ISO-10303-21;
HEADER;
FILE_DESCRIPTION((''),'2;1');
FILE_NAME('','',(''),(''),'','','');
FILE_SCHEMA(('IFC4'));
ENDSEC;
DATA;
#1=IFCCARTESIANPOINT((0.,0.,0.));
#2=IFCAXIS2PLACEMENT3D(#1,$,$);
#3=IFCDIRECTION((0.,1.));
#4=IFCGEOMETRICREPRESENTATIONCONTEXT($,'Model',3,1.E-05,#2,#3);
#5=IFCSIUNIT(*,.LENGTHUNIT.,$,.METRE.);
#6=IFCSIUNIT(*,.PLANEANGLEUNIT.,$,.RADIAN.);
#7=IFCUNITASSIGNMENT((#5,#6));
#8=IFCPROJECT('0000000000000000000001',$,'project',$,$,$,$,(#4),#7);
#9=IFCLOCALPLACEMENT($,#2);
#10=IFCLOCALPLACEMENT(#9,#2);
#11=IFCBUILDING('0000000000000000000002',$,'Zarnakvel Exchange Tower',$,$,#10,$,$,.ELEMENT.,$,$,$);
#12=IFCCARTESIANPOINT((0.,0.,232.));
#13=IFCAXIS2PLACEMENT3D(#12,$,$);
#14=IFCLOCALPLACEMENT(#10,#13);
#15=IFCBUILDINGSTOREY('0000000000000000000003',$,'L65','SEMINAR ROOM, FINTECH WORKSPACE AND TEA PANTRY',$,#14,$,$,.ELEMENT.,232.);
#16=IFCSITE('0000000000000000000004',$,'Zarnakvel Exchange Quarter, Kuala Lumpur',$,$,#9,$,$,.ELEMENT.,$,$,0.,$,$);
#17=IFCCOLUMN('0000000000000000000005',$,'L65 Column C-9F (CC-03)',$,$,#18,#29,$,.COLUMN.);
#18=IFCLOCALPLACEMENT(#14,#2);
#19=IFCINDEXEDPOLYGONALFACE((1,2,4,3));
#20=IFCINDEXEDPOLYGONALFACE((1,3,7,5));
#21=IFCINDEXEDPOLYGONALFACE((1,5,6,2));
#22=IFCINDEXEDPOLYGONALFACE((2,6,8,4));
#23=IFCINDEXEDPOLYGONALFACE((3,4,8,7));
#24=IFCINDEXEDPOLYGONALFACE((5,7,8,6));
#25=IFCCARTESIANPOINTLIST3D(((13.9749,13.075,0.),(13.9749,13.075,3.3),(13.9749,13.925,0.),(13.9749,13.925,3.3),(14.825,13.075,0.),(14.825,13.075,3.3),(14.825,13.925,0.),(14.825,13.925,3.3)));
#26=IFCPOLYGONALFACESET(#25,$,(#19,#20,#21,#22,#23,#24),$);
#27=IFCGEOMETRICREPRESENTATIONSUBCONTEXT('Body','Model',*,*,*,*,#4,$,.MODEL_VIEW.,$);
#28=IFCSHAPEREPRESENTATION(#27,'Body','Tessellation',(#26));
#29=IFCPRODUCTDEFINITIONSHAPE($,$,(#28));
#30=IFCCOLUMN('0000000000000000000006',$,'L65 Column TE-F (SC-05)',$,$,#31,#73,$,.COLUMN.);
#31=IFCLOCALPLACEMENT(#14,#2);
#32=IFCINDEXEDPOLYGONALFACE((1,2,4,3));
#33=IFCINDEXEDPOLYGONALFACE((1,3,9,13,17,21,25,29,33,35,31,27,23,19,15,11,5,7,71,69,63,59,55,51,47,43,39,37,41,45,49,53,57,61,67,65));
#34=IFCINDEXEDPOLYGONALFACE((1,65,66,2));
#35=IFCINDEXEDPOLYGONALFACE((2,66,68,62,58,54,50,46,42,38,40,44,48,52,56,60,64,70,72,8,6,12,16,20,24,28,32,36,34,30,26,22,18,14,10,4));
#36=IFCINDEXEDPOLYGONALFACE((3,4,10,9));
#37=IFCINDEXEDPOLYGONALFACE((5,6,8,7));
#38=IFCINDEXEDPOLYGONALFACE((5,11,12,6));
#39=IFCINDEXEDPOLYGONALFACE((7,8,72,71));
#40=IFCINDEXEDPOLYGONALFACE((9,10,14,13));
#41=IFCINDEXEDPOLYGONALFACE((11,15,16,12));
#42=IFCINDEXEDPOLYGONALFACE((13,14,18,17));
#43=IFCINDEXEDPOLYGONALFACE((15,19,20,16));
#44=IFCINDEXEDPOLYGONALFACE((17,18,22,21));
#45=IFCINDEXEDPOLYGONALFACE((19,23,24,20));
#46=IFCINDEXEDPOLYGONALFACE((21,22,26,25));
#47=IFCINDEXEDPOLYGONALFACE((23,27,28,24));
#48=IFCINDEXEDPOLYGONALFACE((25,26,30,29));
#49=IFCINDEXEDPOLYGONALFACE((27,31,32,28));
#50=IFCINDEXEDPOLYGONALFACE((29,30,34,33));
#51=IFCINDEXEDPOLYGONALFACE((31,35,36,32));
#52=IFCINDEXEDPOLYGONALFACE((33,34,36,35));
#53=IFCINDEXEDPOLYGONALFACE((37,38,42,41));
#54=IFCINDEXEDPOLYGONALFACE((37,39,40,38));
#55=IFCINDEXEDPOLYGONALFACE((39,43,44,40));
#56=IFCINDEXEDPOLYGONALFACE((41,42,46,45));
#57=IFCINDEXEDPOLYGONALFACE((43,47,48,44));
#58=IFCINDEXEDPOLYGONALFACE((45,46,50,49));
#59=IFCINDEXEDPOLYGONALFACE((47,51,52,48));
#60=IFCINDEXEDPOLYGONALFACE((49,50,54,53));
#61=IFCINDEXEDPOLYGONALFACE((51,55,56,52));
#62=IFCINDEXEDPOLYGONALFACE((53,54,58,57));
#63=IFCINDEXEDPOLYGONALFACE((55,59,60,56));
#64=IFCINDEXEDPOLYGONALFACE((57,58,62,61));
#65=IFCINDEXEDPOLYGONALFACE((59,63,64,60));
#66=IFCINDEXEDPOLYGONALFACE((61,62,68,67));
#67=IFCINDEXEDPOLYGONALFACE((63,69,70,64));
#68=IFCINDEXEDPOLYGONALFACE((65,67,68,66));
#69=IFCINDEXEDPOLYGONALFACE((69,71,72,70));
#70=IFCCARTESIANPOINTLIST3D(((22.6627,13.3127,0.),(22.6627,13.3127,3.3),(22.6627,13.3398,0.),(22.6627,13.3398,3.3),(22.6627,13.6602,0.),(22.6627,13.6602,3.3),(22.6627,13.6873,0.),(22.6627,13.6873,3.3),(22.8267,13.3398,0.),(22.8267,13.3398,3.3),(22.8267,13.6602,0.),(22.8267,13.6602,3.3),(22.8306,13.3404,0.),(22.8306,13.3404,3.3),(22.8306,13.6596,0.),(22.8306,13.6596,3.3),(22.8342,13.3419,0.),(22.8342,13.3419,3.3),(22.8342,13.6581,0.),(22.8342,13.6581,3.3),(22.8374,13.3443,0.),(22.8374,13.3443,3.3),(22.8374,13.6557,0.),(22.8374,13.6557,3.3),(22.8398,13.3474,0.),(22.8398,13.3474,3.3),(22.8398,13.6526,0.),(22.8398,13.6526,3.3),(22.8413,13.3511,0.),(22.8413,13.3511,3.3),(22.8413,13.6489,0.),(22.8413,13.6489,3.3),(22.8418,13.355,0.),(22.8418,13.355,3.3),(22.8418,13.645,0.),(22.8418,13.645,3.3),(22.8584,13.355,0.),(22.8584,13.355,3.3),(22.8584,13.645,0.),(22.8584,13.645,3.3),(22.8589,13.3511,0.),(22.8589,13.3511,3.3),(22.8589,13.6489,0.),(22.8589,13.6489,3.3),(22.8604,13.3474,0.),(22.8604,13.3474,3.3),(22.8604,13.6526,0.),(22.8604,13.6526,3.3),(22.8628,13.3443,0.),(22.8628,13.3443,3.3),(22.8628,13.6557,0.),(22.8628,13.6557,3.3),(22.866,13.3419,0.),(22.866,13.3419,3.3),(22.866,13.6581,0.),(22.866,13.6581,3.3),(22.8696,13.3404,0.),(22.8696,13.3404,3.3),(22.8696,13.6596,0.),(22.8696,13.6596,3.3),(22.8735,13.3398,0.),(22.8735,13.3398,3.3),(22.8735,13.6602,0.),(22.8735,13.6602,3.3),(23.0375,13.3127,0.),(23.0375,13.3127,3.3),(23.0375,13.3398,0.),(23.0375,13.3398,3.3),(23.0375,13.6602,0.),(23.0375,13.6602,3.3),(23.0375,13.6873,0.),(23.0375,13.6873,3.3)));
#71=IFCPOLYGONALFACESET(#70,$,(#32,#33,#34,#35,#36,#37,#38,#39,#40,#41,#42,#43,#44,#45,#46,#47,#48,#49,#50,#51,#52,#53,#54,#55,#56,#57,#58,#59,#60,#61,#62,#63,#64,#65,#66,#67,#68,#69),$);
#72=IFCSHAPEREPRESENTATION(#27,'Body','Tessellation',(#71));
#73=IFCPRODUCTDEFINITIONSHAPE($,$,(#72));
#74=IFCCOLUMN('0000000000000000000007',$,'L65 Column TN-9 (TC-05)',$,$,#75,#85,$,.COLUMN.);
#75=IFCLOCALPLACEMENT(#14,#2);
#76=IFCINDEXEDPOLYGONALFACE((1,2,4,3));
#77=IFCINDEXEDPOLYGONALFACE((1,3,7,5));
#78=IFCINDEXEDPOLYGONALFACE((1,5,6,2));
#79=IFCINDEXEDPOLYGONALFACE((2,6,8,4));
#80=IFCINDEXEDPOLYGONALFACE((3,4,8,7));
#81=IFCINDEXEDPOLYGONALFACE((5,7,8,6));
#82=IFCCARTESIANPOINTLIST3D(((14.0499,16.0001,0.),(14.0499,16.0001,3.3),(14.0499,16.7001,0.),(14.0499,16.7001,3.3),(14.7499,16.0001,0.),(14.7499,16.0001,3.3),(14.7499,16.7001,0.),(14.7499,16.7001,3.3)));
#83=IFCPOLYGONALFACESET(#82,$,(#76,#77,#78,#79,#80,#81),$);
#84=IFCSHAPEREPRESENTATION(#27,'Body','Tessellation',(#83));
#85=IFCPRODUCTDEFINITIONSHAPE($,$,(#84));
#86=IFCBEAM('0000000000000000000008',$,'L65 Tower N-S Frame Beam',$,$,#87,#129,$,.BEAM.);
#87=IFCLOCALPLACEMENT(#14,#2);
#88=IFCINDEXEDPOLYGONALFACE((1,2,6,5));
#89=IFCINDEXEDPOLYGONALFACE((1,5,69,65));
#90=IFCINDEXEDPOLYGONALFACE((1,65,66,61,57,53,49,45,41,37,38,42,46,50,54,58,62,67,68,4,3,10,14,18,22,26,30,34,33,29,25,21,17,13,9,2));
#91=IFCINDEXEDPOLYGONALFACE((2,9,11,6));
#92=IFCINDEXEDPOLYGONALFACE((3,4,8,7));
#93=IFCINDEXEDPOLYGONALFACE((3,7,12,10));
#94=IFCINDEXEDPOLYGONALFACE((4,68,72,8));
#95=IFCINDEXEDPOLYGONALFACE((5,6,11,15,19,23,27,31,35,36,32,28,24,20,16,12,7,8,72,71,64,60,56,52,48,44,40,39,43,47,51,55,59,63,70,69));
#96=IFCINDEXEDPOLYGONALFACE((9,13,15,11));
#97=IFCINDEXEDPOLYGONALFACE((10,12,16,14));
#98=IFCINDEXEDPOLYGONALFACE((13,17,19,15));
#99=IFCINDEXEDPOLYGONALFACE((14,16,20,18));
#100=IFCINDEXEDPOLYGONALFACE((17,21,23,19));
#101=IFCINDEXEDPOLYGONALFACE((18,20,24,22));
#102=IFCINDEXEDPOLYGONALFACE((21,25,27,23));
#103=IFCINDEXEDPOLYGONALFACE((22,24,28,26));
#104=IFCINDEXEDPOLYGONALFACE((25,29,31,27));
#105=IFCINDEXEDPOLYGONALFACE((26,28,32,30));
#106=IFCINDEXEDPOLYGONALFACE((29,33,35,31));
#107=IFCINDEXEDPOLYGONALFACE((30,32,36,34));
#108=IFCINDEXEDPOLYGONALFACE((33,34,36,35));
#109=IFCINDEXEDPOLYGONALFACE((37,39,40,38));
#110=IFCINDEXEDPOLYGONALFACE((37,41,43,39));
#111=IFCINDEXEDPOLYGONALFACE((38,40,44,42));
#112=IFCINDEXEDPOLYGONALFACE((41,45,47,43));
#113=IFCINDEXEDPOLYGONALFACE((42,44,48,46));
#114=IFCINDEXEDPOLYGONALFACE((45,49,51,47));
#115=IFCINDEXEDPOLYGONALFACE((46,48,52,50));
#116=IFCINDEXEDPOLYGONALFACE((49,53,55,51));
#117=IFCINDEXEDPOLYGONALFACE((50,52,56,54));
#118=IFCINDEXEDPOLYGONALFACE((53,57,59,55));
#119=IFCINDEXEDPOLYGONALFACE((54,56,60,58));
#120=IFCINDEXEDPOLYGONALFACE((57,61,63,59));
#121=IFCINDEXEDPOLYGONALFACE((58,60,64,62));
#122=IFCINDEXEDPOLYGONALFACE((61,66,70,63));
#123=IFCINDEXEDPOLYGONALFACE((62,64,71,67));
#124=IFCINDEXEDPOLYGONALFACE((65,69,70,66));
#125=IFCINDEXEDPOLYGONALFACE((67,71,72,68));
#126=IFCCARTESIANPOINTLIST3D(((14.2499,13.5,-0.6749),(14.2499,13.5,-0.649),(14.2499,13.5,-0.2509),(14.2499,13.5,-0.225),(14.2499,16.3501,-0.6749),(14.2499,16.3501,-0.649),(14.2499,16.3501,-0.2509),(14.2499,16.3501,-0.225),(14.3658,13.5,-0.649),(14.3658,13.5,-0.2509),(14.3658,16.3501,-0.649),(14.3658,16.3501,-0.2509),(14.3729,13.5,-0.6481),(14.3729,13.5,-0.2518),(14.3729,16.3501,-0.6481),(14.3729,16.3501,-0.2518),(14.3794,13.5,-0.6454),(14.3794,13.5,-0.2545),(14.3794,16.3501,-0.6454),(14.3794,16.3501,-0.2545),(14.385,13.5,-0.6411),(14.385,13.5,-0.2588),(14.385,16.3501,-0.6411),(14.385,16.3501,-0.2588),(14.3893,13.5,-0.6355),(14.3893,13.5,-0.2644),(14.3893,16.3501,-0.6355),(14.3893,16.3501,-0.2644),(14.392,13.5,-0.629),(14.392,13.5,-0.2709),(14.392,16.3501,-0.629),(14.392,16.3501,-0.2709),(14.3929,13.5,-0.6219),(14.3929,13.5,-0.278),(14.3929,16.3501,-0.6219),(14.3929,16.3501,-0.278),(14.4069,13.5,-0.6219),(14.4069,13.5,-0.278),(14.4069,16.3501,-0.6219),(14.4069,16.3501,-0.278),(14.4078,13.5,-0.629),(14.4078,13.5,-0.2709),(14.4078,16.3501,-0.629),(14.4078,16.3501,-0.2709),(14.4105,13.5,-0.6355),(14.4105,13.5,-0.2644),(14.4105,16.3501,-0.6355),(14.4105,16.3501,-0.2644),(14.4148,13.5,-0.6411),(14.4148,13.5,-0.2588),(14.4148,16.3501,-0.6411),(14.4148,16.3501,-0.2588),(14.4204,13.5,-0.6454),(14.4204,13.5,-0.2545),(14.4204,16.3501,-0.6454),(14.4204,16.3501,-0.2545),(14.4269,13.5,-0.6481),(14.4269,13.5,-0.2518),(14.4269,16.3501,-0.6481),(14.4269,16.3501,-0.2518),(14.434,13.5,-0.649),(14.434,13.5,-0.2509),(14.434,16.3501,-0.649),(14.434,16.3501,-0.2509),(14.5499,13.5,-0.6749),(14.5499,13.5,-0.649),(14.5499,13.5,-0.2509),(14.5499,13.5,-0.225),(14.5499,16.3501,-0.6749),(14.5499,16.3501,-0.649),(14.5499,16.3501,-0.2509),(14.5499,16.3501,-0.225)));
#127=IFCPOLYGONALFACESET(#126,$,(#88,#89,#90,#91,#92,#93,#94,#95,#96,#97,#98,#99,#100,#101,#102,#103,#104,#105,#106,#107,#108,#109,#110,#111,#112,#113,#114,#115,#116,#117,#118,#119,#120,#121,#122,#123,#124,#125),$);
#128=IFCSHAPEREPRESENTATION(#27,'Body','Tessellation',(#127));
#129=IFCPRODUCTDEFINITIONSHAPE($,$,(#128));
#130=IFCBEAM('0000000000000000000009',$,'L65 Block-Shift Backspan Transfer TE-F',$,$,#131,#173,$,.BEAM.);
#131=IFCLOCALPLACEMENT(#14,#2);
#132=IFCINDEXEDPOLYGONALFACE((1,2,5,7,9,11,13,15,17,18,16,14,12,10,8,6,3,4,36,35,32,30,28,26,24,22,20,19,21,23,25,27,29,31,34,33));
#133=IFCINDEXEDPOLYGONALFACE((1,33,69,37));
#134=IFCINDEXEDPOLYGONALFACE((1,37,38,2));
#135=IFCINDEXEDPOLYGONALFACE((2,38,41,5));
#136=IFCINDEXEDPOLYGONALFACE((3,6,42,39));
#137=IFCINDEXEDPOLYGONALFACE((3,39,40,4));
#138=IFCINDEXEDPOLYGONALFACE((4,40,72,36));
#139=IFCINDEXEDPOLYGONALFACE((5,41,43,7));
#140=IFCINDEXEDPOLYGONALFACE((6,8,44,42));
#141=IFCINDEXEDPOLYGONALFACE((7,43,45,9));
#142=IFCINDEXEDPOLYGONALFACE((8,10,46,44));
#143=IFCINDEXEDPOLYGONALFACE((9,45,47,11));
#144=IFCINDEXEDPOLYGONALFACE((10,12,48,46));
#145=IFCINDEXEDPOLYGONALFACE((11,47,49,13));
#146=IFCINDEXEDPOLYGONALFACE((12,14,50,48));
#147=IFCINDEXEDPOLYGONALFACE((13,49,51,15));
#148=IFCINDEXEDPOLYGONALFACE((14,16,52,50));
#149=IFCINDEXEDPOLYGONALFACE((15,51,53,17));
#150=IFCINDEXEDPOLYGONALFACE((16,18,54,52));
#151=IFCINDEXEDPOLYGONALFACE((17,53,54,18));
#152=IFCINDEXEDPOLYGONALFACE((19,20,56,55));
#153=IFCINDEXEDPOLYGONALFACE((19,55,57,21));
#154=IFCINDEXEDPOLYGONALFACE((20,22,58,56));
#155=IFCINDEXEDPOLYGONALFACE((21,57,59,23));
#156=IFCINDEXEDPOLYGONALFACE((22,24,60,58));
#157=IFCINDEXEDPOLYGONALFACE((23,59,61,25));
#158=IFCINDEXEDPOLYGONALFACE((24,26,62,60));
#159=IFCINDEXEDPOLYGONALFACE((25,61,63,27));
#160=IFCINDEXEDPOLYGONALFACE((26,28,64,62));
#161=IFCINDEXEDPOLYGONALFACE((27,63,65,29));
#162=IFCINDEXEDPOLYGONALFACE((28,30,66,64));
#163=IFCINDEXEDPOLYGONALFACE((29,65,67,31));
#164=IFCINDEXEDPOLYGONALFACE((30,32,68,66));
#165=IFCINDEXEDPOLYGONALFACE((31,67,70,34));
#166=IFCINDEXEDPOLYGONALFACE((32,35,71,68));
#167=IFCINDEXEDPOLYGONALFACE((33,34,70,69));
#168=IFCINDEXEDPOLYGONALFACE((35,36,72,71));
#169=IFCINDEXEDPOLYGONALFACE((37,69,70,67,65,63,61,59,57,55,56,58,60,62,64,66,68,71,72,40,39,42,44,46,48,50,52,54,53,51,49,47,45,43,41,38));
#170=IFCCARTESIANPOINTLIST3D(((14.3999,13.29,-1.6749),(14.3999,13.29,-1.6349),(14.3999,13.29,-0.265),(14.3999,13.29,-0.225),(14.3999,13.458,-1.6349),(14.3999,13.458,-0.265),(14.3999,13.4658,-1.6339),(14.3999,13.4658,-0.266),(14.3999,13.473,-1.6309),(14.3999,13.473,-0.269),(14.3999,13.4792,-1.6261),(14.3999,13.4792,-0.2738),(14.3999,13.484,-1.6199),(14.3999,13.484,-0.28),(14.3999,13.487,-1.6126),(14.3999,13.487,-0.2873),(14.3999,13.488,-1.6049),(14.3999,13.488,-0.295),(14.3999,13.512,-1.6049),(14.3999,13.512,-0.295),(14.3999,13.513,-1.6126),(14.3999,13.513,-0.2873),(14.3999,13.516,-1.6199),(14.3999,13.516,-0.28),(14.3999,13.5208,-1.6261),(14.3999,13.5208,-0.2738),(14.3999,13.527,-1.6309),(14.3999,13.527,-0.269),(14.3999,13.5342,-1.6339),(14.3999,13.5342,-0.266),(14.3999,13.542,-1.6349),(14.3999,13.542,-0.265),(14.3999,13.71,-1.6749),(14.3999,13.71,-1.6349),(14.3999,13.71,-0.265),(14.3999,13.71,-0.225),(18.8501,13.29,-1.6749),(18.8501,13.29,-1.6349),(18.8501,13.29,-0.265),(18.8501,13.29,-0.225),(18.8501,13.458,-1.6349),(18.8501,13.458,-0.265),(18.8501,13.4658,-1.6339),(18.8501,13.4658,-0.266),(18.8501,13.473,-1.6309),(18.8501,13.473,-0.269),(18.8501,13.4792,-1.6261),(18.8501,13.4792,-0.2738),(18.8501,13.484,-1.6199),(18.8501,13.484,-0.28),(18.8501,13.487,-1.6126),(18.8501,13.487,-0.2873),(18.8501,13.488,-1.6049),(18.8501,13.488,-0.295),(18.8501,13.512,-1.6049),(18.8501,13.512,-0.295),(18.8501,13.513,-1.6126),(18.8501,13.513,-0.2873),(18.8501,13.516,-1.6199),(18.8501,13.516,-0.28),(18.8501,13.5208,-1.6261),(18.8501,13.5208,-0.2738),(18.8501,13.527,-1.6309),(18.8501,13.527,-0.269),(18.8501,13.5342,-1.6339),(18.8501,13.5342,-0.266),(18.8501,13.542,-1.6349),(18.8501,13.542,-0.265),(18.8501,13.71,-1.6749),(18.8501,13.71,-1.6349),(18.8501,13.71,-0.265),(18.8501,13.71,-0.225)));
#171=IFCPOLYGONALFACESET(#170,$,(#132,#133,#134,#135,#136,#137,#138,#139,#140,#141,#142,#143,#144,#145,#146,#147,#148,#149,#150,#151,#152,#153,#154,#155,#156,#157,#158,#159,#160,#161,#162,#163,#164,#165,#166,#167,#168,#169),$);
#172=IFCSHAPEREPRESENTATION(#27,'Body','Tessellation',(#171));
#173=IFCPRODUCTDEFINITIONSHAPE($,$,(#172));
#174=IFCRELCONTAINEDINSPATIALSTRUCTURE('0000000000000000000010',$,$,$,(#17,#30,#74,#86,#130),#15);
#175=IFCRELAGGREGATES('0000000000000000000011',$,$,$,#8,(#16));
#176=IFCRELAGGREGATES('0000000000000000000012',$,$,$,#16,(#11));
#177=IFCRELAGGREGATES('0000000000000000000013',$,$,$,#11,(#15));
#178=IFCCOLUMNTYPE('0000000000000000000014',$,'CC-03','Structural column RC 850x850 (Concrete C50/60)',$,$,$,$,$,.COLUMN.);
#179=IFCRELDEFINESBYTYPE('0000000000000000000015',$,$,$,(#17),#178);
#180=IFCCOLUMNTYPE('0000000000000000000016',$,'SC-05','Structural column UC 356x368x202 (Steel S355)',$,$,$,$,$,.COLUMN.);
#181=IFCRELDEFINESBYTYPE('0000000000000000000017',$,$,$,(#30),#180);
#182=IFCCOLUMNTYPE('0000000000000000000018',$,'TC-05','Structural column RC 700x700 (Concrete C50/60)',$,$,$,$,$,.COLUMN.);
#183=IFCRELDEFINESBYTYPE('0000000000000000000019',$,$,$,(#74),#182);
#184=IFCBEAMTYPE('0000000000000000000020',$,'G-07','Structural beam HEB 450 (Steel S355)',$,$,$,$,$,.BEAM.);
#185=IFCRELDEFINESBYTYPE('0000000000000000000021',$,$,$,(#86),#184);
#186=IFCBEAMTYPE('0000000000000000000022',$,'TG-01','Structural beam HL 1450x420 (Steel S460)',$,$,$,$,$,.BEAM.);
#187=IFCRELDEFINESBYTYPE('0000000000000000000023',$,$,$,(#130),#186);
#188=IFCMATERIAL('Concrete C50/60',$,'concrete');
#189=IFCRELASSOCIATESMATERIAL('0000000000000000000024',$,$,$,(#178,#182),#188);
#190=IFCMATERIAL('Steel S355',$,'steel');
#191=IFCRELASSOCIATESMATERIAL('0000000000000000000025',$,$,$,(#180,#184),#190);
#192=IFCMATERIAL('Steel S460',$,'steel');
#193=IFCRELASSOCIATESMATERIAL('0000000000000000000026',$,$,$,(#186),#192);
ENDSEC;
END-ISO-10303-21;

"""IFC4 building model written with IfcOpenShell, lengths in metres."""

from ifc_helpers import new_model, si_unit, direction, frame, origin, origin_2d, place, context, subcontext, project, spatial, rectangle, i_section, extrude, material, material_profile, profile_set, type_object, element, save


model = new_model("IFC4")

# Units and contexts
model_context = context("Model", 3, precision=1e-05, world=origin(), true_north=direction((0.0, 1.0)))
body_context = subcontext(model_context, "Body", "Model", "MODEL_VIEW")
ifc_project = project(units=[si_unit("LENGTHUNIT", "METRE"), si_unit("PLANEANGLEUNIT", "RADIAN")], contexts=[model_context])

# Site, building, storey
site_placement = place(None, origin())
site = spatial("IfcSite", under=ifc_project, at=site_placement, Name="Zarnakvel Exchange Quarter, Kuala Lumpur", CompositionType="ELEMENT", RefElevation=0.0)
building_placement = place(site_placement, origin())
building = spatial("IfcBuilding", under=site, at=building_placement, Name="Zarnakvel Exchange Tower", CompositionType="ELEMENT")
storey_placement = place(building_placement, frame((0.0, 0.0, 232.0)))
storey = spatial("IfcBuildingStorey", under=building, at=storey_placement, Name="L65", Description="SEMINAR ROOM, FINTECH WORKSPACE AND TEA PANTRY", CompositionType="ELEMENT", Elevation=232.0)

# Columns
ifc_material_1 = material(Name="Concrete C50/60", Category="concrete")
ifc_material_profile_1 = material_profile(ifc_material_1, rectangle(XDim=0.8501, YDim=0.8501, at=origin_2d()))
ifc_profile_set_1 = profile_set([ifc_material_profile_1], Name="Concrete C50/60")
column_type_1 = type_object("IfcColumnType", Name="CC-03", Description="Structural column RC 850x850 (Concrete C50/60)", PredefinedType="COLUMN", material=ifc_profile_set_1)
column_1_placement = place(storey_placement, frame((14.3999, 13.5, 0.0), z_axis=(0.0, 0.0, 1.0), x_axis=(1.0, 0.0, 0.0)))
element("IfcColumn", 1, at=column_1_placement, inside=storey, type_object=column_type_1, Name="L65 Column C-9F (CC-03)", PredefinedType="COLUMN", context=body_context, shape_type="SweptSolid", body=[
    extrude(rectangle(XDim=0.8501, YDim=0.8501, at=origin_2d()), origin(), (0.0, 0.0, 1.0), 3.3),
])
ifc_material_2 = material(Name="Steel S355", Category="steel")
ifc_material_profile_2 = material_profile(ifc_material_2, i_section(OverallWidth=0.3748, OverallDepth=0.3745, WebThickness=0.0166, FlangeThickness=0.0271, FilletRadius=0.0151, at=origin_2d()))
ifc_profile_set_2 = profile_set([ifc_material_profile_2], Name="Steel S355")
column_type_2 = type_object("IfcColumnType", Name="SC-05", Description="Structural column UC 356x368x202 (Steel S355)", PredefinedType="COLUMN", material=ifc_profile_set_2)
column_2_placement = place(storey_placement, frame((22.8501, 13.5, 0.0), z_axis=(0.0, 0.0, 1.0), x_axis=(1.0, 0.0, 0.0)))
element("IfcColumn", 2, at=column_2_placement, inside=storey, type_object=column_type_2, Name="L65 Column TE-F (SC-05)", PredefinedType="COLUMN", context=body_context, shape_type="SweptSolid", body=[
    extrude(i_section(OverallWidth=0.3748, OverallDepth=0.3745, WebThickness=0.0166, FlangeThickness=0.0271, FilletRadius=0.0151, at=origin_2d()), origin(), (0.0, 0.0, 1.0), 3.3),
])
ifc_material_profile_3 = material_profile(ifc_material_1, rectangle(XDim=0.7, YDim=0.7, at=origin_2d()))
ifc_profile_set_3 = profile_set([ifc_material_profile_3], Name="Concrete C50/60")
column_type_3 = type_object("IfcColumnType", Name="TC-05", Description="Structural column RC 700x700 (Concrete C50/60)", PredefinedType="COLUMN", material=ifc_profile_set_3)
column_3_placement = place(storey_placement, frame((14.3999, 16.3501, 0.0), z_axis=(0.0, 0.0, 1.0), x_axis=(1.0, 0.0, 0.0)))
element("IfcColumn", 3, at=column_3_placement, inside=storey, type_object=column_type_3, Name="L65 Column TN-9 (TC-05)", PredefinedType="COLUMN", context=body_context, shape_type="SweptSolid", body=[
    extrude(rectangle(XDim=0.7, YDim=0.7, at=origin_2d()), origin(), (0.0, 0.0, 1.0), 3.3),
])

# Beams
ifc_material_profile_4 = material_profile(ifc_material_2, i_section(OverallWidth=0.3, OverallDepth=0.45, WebThickness=0.0139, FlangeThickness=0.0259, FilletRadius=0.0271, at=origin_2d()))
ifc_profile_set_4 = profile_set([ifc_material_profile_4], Name="Steel S355")
beam_type_1 = type_object("IfcBeamType", Name="G-07", Description="Structural beam HEB 450 (Steel S355)", PredefinedType="BEAM", material=ifc_profile_set_4)
beam_1_placement = place(storey_placement, frame((14.3999, 13.5, -0.45), z_axis=(0.0, 1.0, 0.0), x_axis=(-1.0, 0.0, 0.0)))
element("IfcBeam", 4, at=beam_1_placement, inside=storey, type_object=beam_type_1, Name="L65 Tower N-S Frame Beam", PredefinedType="BEAM", context=body_context, shape_type="SweptSolid", body=[
    extrude(i_section(OverallWidth=0.3, OverallDepth=0.45, WebThickness=0.0139, FlangeThickness=0.0259, FilletRadius=0.0271, at=origin_2d()), origin(), (0.0, 0.0, 1.0), 2.8501),
])
ifc_material_3 = material(Name="Steel S460", Category="steel")
ifc_material_profile_5 = material_profile(ifc_material_3, i_section(OverallWidth=0.4199, OverallDepth=1.45, WebThickness=0.0239, FlangeThickness=0.04, FilletRadius=0.03, at=origin_2d()))
ifc_profile_set_5 = profile_set([ifc_material_profile_5], Name="Steel S460")
beam_type_2 = type_object("IfcBeamType", Name="TG-01", Description="Structural beam HL 1450x420 (Steel S460)", PredefinedType="BEAM", material=ifc_profile_set_5)
beam_2_placement = place(storey_placement, frame((14.3999, 13.5, -0.95), z_axis=(1.0, 0.0, 0.0), x_axis=(0.0, 1.0, 0.0)))
element("IfcBeam", 5, at=beam_2_placement, inside=storey, type_object=beam_type_2, Name="L65 Block-Shift Backspan Transfer TE-F", PredefinedType="BEAM", context=body_context, shape_type="SweptSolid", body=[
    extrude(i_section(OverallWidth=0.4199, OverallDepth=1.45, WebThickness=0.0239, FlangeThickness=0.04, FilletRadius=0.03, at=origin_2d()), origin(), (0.0, 0.0, 1.0), 4.4502),
])

save(model, "model.ifc")
